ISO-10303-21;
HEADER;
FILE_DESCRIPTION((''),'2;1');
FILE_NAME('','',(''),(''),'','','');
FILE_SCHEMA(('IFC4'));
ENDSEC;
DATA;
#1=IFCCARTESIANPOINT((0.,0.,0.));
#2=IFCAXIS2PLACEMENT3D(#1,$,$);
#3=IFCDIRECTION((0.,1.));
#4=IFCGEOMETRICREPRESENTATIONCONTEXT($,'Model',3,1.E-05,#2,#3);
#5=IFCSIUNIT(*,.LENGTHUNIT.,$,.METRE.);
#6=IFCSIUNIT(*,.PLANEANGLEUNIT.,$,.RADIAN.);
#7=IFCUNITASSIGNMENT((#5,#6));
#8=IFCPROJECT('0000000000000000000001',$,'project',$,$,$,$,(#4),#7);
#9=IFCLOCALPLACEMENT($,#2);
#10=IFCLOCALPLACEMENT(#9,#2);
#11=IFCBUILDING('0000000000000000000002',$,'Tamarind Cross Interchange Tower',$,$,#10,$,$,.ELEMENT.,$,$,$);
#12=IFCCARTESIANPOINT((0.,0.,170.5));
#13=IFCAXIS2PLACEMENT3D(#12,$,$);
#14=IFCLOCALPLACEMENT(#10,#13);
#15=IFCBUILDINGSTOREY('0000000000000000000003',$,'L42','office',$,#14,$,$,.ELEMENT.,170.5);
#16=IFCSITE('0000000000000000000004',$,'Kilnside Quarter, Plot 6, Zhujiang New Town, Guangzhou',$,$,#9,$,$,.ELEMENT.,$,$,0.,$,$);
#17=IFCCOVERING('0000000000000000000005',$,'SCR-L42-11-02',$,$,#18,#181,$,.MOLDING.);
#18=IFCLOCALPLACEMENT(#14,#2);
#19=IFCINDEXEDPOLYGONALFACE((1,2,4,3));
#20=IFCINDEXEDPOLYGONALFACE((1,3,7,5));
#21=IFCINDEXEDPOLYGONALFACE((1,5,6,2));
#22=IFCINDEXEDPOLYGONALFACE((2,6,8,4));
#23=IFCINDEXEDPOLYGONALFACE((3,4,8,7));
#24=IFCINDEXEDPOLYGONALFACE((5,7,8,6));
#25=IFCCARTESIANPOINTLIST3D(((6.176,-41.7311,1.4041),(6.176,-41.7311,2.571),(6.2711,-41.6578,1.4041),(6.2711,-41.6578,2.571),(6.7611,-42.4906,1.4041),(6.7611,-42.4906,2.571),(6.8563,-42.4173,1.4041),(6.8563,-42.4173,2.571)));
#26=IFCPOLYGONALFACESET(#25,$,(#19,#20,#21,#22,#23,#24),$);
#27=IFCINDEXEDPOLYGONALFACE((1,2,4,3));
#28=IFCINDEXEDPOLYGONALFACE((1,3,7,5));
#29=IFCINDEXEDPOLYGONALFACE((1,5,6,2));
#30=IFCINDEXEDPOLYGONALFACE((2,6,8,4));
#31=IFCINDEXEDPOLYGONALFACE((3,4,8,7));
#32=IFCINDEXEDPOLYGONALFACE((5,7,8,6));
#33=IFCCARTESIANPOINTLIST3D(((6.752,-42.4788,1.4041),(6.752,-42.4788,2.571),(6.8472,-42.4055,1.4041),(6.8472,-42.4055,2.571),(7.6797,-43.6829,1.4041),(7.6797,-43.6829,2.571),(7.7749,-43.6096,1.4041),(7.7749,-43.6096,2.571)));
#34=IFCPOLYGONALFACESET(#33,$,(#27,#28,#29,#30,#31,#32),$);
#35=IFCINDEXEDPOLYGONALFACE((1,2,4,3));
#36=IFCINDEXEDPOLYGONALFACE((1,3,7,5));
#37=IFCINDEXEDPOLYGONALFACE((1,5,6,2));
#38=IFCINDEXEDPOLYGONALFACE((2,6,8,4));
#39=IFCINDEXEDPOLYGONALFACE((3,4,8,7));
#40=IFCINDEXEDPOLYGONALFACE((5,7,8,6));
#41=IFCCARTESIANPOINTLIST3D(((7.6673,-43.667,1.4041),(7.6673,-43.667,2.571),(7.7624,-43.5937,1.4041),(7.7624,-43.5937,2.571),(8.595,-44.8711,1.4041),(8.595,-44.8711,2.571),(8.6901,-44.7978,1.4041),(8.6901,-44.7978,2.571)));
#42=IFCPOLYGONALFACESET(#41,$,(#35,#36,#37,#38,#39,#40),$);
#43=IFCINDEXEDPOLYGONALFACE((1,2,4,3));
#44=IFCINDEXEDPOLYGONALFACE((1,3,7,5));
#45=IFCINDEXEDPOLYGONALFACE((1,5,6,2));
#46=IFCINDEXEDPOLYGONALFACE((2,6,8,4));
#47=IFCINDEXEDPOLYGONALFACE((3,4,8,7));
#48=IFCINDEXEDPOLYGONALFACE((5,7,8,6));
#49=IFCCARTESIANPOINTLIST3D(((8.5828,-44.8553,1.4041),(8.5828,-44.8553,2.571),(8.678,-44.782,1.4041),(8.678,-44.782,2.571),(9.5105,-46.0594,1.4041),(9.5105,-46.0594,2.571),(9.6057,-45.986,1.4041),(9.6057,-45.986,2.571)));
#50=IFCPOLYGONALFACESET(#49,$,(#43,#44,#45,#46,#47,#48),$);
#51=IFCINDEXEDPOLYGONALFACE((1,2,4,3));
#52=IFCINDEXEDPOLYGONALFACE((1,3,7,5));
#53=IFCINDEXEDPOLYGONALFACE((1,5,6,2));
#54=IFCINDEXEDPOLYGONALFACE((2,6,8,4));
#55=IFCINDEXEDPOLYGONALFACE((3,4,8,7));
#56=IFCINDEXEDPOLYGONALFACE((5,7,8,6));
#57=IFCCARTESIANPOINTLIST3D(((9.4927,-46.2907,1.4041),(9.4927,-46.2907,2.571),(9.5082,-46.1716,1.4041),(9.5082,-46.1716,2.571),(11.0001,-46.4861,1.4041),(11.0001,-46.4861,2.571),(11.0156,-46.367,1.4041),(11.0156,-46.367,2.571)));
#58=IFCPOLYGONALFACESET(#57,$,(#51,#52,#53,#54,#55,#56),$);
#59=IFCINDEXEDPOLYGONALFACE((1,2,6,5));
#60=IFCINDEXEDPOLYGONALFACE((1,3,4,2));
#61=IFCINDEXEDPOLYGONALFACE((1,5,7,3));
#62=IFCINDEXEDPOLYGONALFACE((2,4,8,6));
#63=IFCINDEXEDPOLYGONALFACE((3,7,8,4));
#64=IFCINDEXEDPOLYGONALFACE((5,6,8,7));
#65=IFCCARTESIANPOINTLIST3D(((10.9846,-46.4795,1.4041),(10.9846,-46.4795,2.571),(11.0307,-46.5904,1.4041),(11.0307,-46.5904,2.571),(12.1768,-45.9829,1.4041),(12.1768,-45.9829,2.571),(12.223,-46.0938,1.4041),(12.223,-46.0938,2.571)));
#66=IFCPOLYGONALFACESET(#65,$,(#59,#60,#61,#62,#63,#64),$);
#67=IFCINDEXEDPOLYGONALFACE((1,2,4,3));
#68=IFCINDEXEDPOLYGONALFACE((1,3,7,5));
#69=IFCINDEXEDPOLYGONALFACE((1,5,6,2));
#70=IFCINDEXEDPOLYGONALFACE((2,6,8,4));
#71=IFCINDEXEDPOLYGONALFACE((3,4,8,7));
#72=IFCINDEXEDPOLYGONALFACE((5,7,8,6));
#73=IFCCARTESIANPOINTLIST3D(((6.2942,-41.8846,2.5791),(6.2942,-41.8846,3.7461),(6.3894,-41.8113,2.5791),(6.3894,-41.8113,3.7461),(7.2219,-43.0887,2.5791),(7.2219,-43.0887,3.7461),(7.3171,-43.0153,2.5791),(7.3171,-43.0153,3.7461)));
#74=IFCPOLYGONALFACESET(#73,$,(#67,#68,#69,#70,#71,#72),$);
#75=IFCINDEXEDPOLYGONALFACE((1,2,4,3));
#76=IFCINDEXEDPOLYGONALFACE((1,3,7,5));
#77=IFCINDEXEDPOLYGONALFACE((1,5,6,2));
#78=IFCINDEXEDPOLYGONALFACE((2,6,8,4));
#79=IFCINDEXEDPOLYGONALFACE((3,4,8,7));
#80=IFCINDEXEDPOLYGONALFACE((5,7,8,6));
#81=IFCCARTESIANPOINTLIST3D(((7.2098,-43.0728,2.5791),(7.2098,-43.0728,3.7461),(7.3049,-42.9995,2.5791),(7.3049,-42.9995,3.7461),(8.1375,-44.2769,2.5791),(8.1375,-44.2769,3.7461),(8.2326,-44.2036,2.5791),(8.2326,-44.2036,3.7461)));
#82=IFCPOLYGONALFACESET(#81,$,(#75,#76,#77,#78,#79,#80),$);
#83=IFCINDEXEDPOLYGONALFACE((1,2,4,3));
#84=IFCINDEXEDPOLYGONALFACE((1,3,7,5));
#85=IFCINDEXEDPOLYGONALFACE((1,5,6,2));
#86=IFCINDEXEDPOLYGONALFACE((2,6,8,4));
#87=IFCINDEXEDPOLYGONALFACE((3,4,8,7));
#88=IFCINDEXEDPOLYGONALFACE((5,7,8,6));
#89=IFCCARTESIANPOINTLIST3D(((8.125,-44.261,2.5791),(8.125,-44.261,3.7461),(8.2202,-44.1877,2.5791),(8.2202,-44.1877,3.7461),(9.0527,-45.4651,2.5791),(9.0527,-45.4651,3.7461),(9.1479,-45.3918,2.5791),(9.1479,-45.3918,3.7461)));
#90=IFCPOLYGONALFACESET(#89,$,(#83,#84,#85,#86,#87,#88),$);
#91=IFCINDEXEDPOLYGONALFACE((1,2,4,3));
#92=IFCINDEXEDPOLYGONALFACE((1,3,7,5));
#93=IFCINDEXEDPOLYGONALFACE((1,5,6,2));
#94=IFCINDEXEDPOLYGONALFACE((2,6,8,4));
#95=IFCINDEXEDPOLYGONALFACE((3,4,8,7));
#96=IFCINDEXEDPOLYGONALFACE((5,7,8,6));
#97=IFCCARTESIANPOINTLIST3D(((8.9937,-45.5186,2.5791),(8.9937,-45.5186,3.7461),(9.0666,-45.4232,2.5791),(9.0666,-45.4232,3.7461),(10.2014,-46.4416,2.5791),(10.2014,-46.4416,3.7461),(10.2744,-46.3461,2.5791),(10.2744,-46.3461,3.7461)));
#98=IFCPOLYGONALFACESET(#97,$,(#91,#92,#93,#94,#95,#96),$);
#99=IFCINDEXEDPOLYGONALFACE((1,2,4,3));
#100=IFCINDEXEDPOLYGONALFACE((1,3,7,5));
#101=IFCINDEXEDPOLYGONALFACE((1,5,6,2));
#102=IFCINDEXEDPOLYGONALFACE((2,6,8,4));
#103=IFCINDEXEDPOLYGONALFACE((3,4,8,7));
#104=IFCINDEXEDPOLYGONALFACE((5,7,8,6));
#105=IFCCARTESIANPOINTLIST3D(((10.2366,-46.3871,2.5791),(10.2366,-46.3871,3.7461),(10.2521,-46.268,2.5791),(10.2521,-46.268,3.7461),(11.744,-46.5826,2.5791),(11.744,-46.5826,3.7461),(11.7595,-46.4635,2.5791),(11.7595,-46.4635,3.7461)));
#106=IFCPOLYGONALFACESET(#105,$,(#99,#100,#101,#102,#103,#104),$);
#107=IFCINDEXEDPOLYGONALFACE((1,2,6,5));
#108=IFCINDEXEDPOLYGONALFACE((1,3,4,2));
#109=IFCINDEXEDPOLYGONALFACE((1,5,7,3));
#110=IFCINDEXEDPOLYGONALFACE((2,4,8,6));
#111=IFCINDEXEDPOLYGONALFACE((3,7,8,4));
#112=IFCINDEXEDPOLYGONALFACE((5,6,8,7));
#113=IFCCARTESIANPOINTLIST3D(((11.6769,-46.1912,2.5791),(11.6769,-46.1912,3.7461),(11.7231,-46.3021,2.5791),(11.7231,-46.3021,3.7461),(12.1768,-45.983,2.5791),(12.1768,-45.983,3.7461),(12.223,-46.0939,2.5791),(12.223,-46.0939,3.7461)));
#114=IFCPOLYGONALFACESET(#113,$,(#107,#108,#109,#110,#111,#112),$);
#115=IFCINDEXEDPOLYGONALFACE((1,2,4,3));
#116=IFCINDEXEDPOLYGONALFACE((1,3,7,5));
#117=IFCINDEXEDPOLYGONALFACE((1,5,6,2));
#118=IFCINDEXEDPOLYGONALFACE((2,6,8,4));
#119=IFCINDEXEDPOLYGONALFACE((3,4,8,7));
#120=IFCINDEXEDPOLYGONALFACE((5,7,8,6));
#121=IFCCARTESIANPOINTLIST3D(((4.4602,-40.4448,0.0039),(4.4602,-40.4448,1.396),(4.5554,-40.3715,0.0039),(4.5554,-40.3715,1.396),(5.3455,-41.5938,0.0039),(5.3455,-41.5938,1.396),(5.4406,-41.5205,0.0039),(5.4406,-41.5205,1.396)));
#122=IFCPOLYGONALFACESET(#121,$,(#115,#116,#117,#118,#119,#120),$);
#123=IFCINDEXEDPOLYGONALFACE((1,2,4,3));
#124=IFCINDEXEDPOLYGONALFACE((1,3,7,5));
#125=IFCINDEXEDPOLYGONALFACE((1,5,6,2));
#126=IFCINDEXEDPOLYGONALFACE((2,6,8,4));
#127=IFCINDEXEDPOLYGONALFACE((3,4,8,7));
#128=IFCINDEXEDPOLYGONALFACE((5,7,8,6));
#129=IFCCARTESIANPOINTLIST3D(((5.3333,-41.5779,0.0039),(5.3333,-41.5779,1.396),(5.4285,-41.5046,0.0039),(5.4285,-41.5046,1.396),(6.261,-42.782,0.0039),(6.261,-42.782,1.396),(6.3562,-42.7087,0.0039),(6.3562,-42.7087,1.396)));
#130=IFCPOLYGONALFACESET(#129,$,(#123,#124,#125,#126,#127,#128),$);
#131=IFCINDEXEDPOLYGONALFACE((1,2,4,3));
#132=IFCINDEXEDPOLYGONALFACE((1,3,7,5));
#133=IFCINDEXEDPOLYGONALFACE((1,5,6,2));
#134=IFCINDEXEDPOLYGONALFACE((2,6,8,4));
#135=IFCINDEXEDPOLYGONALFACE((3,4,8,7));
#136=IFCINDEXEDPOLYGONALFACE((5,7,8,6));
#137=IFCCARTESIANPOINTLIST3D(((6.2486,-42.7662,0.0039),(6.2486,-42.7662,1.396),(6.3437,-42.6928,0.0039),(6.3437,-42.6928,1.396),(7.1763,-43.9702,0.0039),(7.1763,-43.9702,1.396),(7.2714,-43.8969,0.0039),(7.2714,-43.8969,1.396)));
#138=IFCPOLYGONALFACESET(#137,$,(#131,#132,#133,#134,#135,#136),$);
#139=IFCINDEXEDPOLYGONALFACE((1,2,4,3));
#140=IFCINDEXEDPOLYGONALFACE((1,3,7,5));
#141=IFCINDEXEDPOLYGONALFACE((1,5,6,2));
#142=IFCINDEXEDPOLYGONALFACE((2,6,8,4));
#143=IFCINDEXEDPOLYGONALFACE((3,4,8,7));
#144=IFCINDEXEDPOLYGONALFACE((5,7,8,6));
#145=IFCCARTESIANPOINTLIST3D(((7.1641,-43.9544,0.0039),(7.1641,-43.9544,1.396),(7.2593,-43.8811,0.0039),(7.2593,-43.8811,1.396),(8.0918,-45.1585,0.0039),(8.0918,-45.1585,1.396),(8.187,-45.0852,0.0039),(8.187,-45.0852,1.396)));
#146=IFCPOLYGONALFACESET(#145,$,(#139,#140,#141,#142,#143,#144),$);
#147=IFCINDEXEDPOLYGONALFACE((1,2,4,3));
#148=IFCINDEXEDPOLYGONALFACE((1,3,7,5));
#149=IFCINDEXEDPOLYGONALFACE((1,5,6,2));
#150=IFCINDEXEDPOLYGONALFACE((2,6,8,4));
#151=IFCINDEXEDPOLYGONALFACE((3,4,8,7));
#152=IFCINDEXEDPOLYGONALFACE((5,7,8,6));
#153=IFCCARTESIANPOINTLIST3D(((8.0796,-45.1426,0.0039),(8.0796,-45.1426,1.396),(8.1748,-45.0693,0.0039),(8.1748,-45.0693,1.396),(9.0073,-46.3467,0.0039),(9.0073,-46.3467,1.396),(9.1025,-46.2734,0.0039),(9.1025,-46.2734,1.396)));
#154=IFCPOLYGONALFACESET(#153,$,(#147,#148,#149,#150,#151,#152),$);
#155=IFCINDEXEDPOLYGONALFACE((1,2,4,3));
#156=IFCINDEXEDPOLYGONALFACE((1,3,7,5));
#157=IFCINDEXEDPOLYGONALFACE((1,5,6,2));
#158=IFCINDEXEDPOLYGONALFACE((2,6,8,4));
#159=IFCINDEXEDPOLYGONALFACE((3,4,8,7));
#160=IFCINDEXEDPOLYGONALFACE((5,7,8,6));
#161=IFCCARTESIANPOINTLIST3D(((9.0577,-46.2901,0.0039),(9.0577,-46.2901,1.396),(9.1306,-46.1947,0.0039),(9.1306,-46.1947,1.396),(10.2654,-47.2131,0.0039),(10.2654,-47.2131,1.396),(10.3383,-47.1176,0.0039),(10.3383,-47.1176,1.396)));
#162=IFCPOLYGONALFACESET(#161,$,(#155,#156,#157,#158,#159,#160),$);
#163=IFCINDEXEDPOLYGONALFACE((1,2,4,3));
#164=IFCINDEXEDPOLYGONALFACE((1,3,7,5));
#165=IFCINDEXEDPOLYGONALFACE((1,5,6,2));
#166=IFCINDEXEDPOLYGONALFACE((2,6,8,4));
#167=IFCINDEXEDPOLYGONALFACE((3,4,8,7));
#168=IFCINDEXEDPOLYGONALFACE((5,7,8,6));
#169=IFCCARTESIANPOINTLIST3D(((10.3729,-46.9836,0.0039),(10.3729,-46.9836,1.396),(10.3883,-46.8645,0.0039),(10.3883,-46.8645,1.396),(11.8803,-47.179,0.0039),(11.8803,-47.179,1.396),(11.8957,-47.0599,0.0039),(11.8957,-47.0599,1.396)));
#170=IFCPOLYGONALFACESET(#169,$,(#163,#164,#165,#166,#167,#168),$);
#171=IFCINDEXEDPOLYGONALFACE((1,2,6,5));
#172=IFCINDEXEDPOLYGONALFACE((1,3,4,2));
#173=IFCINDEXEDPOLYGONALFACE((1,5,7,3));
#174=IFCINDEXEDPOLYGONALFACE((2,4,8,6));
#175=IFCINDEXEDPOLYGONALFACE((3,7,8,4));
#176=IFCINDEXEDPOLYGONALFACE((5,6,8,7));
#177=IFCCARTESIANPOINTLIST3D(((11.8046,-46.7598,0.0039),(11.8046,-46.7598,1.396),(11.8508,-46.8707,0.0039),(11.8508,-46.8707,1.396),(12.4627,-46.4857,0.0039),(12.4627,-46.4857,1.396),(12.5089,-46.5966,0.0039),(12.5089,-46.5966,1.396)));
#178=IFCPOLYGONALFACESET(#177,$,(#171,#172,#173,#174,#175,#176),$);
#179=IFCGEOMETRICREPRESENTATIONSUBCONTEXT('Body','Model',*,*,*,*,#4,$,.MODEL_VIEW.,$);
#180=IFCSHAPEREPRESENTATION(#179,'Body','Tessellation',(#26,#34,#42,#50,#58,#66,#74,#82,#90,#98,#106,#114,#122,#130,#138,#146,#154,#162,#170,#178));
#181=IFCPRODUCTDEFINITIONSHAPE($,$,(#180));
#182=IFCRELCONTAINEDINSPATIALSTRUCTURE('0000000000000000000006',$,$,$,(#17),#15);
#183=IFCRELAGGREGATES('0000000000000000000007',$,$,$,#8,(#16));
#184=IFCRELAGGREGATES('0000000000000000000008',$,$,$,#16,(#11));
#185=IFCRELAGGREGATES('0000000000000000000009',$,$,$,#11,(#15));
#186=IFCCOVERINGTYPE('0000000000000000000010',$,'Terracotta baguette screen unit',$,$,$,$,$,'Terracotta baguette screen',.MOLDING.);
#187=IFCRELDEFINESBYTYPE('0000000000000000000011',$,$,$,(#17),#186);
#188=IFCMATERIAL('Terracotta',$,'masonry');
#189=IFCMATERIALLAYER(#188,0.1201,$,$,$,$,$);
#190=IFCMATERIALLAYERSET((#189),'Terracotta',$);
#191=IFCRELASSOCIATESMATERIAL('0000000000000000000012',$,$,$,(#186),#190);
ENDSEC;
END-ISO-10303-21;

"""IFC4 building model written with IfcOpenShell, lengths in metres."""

from ifc_helpers import new_model, si_unit, direction, frame, origin, origin_2d, place, context, subcontext, project, spatial, rectangle, extrude, material, layer, layer_set, type_object, element, save


model = new_model("IFC4")

# Units and contexts
model_context = context("Model", 3, precision=1e-05, world=origin(), true_north=direction((0.0, 1.0)))
body_context = subcontext(model_context, "Body", "Model", "MODEL_VIEW")
ifc_project = project(units=[si_unit("LENGTHUNIT", "METRE"), si_unit("PLANEANGLEUNIT", "RADIAN")], contexts=[model_context])

# Site, building, storey
site_placement = place(None, origin())
site = spatial("IfcSite", under=ifc_project, at=site_placement, Name="Kilnside Quarter, Plot 6, Zhujiang New Town, Guangzhou", CompositionType="ELEMENT", RefElevation=0.0)
building_placement = place(site_placement, origin())
building = spatial("IfcBuilding", under=site, at=building_placement, Name="Tamarind Cross Interchange Tower", CompositionType="ELEMENT")
storey_placement = place(building_placement, frame((0.0, 0.0, 170.5)))
storey = spatial("IfcBuildingStorey", under=building, at=storey_placement, Name="L42", Description="office", CompositionType="ELEMENT", Elevation=170.5)

# Covering
ifc_material_1 = material(Name="Terracotta", Category="masonry")
ifc_layer_1 = layer(ifc_material_1, 0.1201)
ifc_layer_set_1 = layer_set([ifc_layer_1], Name="Terracotta")
covering_type = type_object("IfcCoveringType", Name="Terracotta baguette screen unit", ElementType="Terracotta baguette screen", PredefinedType="MOLDING", material=ifc_layer_set_1)
covering_1_placement = place(storey_placement, origin())
element("IfcCovering", 1, at=covering_1_placement, inside=storey, type_object=covering_type, Name="SCR-L42-11-02", PredefinedType="MOLDING", context=body_context, shape_type="SweptSolid", body=[
    extrude(rectangle(XDim=0.9587, YDim=0.1201, at=origin_2d()), frame((6.5161, -42.0742, 1.4041), z_axis=(0.0, 0.0, 1.0), x_axis=(0.610322, -0.792153, 0.0)), (0.0, 0.0, 1.0), 1.167),
    extrude(rectangle(XDim=1.52, YDim=0.1201, at=origin_2d()), frame((7.2634, -43.0442, 1.4041), z_axis=(0.0, 0.0, 1.0), x_axis=(0.610322, -0.792153, 0.0)), (0.0, 0.0, 1.0), 1.167),
    extrude(rectangle(XDim=1.52, YDim=0.1201, at=origin_2d()), frame((8.1787, -44.2324, 1.4041), z_axis=(0.0, 0.0, 1.0), x_axis=(0.610322, -0.792153, 0.0)), (0.0, 0.0, 1.0), 1.167),
    extrude(rectangle(XDim=1.52, YDim=0.1201, at=origin_2d()), frame((9.0942, -45.4207, 1.4041), z_axis=(0.0, 0.0, 1.0), x_axis=(0.610322, -0.792153, 0.0)), (0.0, 0.0, 1.0), 1.167),
    extrude(rectangle(XDim=1.52, YDim=0.1201, at=origin_2d()), frame((10.2542, -46.3289, 1.4041), z_axis=(0.0, 0.0, 1.0), x_axis=(0.9917, -0.128574, 0.0)), (0.0, 0.0, 1.0), 1.167),
    extrude(rectangle(XDim=1.2915, YDim=0.1201, at=origin_2d()), frame((11.6038, -46.2866, 1.4041), z_axis=(0.0, 0.0, 1.0), x_axis=(0.923124, 0.384502, 0.0)), (0.0, 0.0, 1.0), 1.167),
    extrude(rectangle(XDim=1.52, YDim=0.1201, at=origin_2d()), frame((6.8057, -42.45, 2.5791), z_axis=(0.0, 0.0, 1.0), x_axis=(0.610322, -0.792153, 0.0)), (0.0, 0.0, 1.0), 1.167),
    extrude(rectangle(XDim=1.52, YDim=0.1201, at=origin_2d()), frame((7.7212, -43.6382, 2.5791), z_axis=(0.0, 0.0, 1.0), x_axis=(0.610322, -0.792153, 0.0)), (0.0, 0.0, 1.0), 1.167),
    extrude(rectangle(XDim=1.52, YDim=0.1201, at=origin_2d()), frame((8.6365, -44.8264, 2.5791), z_axis=(0.0, 0.0, 1.0), x_axis=(0.610322, -0.792153, 0.0)), (0.0, 0.0, 1.0), 1.167),
    extrude(rectangle(XDim=1.52, YDim=0.1201, at=origin_2d()), frame((9.634, -45.9324, 2.5791), z_axis=(0.0, 0.0, 1.0), x_axis=(0.79455, -0.607198, 0.0)), (0.0, 0.0, 1.0), 1.167),
    extrude(rectangle(XDim=1.52, YDim=0.1201, at=origin_2d()), frame((10.998, -46.4253, 2.5791), z_axis=(0.0, 0.0, 1.0), x_axis=(0.9917, -0.128574, 0.0)), (0.0, 0.0, 1.0), 1.167),
    extrude(rectangle(XDim=0.5415, YDim=0.1201, at=origin_2d()), frame((11.95, -46.1426, 2.5791), z_axis=(0.0, 0.0, 1.0), x_axis=(0.923124, 0.384502, 0.0)), (0.0, 0.0, 1.0), 1.167),
    extrude(rectangle(XDim=1.4504, YDim=0.1201, at=origin_2d()), frame((4.9504, -40.9827, 0.0039), z_axis=(0.0, 0.0, 1.0), x_axis=(0.610322, -0.792153, 0.0)), (0.0, 0.0, 1.0), 1.3921),
    extrude(rectangle(XDim=1.52, YDim=0.1201, at=origin_2d()), frame((5.8447, -42.1433, 0.0039), z_axis=(0.0, 0.0, 1.0), x_axis=(0.610322, -0.792153, 0.0)), (0.0, 0.0, 1.0), 1.3921),
    extrude(rectangle(XDim=1.52, YDim=0.1201, at=origin_2d()), frame((6.76, -43.3315, 0.0039), z_axis=(0.0, 0.0, 1.0), x_axis=(0.610322, -0.792153, 0.0)), (0.0, 0.0, 1.0), 1.3921),
    extrude(rectangle(XDim=1.52, YDim=0.1201, at=origin_2d()), frame((7.6755, -44.5198, 0.0039), z_axis=(0.0, 0.0, 1.0), x_axis=(0.610322, -0.792153, 0.0)), (0.0, 0.0, 1.0), 1.3921),
    extrude(rectangle(XDim=1.52, YDim=0.1201, at=origin_2d()), frame((8.5911, -45.708, 0.0039), z_axis=(0.0, 0.0, 1.0), x_axis=(0.610322, -0.792153, 0.0)), (0.0, 0.0, 1.0), 1.3921),
    extrude(rectangle(XDim=1.52, YDim=0.1201, at=origin_2d()), frame((9.698, -46.7039, 0.0039), z_axis=(0.0, 0.0, 1.0), x_axis=(0.79455, -0.607198, 0.0)), (0.0, 0.0, 1.0), 1.3921),
    extrude(rectangle(XDim=1.52, YDim=0.1201, at=origin_2d()), frame((11.1343, -47.0217, 0.0039), z_axis=(0.0, 0.0, 1.0), x_axis=(0.9917, -0.128574, 0.0)), (0.0, 0.0, 1.0), 1.3921),
    extrude(rectangle(XDim=0.7129, YDim=0.1201, at=origin_2d()), frame((12.1567, -46.6782, 0.0039), z_axis=(0.0, 0.0, 1.0), x_axis=(0.923124, 0.384502, 0.0)), (0.0, 0.0, 1.0), 1.3921),
])

save(model, "model.ifc")
